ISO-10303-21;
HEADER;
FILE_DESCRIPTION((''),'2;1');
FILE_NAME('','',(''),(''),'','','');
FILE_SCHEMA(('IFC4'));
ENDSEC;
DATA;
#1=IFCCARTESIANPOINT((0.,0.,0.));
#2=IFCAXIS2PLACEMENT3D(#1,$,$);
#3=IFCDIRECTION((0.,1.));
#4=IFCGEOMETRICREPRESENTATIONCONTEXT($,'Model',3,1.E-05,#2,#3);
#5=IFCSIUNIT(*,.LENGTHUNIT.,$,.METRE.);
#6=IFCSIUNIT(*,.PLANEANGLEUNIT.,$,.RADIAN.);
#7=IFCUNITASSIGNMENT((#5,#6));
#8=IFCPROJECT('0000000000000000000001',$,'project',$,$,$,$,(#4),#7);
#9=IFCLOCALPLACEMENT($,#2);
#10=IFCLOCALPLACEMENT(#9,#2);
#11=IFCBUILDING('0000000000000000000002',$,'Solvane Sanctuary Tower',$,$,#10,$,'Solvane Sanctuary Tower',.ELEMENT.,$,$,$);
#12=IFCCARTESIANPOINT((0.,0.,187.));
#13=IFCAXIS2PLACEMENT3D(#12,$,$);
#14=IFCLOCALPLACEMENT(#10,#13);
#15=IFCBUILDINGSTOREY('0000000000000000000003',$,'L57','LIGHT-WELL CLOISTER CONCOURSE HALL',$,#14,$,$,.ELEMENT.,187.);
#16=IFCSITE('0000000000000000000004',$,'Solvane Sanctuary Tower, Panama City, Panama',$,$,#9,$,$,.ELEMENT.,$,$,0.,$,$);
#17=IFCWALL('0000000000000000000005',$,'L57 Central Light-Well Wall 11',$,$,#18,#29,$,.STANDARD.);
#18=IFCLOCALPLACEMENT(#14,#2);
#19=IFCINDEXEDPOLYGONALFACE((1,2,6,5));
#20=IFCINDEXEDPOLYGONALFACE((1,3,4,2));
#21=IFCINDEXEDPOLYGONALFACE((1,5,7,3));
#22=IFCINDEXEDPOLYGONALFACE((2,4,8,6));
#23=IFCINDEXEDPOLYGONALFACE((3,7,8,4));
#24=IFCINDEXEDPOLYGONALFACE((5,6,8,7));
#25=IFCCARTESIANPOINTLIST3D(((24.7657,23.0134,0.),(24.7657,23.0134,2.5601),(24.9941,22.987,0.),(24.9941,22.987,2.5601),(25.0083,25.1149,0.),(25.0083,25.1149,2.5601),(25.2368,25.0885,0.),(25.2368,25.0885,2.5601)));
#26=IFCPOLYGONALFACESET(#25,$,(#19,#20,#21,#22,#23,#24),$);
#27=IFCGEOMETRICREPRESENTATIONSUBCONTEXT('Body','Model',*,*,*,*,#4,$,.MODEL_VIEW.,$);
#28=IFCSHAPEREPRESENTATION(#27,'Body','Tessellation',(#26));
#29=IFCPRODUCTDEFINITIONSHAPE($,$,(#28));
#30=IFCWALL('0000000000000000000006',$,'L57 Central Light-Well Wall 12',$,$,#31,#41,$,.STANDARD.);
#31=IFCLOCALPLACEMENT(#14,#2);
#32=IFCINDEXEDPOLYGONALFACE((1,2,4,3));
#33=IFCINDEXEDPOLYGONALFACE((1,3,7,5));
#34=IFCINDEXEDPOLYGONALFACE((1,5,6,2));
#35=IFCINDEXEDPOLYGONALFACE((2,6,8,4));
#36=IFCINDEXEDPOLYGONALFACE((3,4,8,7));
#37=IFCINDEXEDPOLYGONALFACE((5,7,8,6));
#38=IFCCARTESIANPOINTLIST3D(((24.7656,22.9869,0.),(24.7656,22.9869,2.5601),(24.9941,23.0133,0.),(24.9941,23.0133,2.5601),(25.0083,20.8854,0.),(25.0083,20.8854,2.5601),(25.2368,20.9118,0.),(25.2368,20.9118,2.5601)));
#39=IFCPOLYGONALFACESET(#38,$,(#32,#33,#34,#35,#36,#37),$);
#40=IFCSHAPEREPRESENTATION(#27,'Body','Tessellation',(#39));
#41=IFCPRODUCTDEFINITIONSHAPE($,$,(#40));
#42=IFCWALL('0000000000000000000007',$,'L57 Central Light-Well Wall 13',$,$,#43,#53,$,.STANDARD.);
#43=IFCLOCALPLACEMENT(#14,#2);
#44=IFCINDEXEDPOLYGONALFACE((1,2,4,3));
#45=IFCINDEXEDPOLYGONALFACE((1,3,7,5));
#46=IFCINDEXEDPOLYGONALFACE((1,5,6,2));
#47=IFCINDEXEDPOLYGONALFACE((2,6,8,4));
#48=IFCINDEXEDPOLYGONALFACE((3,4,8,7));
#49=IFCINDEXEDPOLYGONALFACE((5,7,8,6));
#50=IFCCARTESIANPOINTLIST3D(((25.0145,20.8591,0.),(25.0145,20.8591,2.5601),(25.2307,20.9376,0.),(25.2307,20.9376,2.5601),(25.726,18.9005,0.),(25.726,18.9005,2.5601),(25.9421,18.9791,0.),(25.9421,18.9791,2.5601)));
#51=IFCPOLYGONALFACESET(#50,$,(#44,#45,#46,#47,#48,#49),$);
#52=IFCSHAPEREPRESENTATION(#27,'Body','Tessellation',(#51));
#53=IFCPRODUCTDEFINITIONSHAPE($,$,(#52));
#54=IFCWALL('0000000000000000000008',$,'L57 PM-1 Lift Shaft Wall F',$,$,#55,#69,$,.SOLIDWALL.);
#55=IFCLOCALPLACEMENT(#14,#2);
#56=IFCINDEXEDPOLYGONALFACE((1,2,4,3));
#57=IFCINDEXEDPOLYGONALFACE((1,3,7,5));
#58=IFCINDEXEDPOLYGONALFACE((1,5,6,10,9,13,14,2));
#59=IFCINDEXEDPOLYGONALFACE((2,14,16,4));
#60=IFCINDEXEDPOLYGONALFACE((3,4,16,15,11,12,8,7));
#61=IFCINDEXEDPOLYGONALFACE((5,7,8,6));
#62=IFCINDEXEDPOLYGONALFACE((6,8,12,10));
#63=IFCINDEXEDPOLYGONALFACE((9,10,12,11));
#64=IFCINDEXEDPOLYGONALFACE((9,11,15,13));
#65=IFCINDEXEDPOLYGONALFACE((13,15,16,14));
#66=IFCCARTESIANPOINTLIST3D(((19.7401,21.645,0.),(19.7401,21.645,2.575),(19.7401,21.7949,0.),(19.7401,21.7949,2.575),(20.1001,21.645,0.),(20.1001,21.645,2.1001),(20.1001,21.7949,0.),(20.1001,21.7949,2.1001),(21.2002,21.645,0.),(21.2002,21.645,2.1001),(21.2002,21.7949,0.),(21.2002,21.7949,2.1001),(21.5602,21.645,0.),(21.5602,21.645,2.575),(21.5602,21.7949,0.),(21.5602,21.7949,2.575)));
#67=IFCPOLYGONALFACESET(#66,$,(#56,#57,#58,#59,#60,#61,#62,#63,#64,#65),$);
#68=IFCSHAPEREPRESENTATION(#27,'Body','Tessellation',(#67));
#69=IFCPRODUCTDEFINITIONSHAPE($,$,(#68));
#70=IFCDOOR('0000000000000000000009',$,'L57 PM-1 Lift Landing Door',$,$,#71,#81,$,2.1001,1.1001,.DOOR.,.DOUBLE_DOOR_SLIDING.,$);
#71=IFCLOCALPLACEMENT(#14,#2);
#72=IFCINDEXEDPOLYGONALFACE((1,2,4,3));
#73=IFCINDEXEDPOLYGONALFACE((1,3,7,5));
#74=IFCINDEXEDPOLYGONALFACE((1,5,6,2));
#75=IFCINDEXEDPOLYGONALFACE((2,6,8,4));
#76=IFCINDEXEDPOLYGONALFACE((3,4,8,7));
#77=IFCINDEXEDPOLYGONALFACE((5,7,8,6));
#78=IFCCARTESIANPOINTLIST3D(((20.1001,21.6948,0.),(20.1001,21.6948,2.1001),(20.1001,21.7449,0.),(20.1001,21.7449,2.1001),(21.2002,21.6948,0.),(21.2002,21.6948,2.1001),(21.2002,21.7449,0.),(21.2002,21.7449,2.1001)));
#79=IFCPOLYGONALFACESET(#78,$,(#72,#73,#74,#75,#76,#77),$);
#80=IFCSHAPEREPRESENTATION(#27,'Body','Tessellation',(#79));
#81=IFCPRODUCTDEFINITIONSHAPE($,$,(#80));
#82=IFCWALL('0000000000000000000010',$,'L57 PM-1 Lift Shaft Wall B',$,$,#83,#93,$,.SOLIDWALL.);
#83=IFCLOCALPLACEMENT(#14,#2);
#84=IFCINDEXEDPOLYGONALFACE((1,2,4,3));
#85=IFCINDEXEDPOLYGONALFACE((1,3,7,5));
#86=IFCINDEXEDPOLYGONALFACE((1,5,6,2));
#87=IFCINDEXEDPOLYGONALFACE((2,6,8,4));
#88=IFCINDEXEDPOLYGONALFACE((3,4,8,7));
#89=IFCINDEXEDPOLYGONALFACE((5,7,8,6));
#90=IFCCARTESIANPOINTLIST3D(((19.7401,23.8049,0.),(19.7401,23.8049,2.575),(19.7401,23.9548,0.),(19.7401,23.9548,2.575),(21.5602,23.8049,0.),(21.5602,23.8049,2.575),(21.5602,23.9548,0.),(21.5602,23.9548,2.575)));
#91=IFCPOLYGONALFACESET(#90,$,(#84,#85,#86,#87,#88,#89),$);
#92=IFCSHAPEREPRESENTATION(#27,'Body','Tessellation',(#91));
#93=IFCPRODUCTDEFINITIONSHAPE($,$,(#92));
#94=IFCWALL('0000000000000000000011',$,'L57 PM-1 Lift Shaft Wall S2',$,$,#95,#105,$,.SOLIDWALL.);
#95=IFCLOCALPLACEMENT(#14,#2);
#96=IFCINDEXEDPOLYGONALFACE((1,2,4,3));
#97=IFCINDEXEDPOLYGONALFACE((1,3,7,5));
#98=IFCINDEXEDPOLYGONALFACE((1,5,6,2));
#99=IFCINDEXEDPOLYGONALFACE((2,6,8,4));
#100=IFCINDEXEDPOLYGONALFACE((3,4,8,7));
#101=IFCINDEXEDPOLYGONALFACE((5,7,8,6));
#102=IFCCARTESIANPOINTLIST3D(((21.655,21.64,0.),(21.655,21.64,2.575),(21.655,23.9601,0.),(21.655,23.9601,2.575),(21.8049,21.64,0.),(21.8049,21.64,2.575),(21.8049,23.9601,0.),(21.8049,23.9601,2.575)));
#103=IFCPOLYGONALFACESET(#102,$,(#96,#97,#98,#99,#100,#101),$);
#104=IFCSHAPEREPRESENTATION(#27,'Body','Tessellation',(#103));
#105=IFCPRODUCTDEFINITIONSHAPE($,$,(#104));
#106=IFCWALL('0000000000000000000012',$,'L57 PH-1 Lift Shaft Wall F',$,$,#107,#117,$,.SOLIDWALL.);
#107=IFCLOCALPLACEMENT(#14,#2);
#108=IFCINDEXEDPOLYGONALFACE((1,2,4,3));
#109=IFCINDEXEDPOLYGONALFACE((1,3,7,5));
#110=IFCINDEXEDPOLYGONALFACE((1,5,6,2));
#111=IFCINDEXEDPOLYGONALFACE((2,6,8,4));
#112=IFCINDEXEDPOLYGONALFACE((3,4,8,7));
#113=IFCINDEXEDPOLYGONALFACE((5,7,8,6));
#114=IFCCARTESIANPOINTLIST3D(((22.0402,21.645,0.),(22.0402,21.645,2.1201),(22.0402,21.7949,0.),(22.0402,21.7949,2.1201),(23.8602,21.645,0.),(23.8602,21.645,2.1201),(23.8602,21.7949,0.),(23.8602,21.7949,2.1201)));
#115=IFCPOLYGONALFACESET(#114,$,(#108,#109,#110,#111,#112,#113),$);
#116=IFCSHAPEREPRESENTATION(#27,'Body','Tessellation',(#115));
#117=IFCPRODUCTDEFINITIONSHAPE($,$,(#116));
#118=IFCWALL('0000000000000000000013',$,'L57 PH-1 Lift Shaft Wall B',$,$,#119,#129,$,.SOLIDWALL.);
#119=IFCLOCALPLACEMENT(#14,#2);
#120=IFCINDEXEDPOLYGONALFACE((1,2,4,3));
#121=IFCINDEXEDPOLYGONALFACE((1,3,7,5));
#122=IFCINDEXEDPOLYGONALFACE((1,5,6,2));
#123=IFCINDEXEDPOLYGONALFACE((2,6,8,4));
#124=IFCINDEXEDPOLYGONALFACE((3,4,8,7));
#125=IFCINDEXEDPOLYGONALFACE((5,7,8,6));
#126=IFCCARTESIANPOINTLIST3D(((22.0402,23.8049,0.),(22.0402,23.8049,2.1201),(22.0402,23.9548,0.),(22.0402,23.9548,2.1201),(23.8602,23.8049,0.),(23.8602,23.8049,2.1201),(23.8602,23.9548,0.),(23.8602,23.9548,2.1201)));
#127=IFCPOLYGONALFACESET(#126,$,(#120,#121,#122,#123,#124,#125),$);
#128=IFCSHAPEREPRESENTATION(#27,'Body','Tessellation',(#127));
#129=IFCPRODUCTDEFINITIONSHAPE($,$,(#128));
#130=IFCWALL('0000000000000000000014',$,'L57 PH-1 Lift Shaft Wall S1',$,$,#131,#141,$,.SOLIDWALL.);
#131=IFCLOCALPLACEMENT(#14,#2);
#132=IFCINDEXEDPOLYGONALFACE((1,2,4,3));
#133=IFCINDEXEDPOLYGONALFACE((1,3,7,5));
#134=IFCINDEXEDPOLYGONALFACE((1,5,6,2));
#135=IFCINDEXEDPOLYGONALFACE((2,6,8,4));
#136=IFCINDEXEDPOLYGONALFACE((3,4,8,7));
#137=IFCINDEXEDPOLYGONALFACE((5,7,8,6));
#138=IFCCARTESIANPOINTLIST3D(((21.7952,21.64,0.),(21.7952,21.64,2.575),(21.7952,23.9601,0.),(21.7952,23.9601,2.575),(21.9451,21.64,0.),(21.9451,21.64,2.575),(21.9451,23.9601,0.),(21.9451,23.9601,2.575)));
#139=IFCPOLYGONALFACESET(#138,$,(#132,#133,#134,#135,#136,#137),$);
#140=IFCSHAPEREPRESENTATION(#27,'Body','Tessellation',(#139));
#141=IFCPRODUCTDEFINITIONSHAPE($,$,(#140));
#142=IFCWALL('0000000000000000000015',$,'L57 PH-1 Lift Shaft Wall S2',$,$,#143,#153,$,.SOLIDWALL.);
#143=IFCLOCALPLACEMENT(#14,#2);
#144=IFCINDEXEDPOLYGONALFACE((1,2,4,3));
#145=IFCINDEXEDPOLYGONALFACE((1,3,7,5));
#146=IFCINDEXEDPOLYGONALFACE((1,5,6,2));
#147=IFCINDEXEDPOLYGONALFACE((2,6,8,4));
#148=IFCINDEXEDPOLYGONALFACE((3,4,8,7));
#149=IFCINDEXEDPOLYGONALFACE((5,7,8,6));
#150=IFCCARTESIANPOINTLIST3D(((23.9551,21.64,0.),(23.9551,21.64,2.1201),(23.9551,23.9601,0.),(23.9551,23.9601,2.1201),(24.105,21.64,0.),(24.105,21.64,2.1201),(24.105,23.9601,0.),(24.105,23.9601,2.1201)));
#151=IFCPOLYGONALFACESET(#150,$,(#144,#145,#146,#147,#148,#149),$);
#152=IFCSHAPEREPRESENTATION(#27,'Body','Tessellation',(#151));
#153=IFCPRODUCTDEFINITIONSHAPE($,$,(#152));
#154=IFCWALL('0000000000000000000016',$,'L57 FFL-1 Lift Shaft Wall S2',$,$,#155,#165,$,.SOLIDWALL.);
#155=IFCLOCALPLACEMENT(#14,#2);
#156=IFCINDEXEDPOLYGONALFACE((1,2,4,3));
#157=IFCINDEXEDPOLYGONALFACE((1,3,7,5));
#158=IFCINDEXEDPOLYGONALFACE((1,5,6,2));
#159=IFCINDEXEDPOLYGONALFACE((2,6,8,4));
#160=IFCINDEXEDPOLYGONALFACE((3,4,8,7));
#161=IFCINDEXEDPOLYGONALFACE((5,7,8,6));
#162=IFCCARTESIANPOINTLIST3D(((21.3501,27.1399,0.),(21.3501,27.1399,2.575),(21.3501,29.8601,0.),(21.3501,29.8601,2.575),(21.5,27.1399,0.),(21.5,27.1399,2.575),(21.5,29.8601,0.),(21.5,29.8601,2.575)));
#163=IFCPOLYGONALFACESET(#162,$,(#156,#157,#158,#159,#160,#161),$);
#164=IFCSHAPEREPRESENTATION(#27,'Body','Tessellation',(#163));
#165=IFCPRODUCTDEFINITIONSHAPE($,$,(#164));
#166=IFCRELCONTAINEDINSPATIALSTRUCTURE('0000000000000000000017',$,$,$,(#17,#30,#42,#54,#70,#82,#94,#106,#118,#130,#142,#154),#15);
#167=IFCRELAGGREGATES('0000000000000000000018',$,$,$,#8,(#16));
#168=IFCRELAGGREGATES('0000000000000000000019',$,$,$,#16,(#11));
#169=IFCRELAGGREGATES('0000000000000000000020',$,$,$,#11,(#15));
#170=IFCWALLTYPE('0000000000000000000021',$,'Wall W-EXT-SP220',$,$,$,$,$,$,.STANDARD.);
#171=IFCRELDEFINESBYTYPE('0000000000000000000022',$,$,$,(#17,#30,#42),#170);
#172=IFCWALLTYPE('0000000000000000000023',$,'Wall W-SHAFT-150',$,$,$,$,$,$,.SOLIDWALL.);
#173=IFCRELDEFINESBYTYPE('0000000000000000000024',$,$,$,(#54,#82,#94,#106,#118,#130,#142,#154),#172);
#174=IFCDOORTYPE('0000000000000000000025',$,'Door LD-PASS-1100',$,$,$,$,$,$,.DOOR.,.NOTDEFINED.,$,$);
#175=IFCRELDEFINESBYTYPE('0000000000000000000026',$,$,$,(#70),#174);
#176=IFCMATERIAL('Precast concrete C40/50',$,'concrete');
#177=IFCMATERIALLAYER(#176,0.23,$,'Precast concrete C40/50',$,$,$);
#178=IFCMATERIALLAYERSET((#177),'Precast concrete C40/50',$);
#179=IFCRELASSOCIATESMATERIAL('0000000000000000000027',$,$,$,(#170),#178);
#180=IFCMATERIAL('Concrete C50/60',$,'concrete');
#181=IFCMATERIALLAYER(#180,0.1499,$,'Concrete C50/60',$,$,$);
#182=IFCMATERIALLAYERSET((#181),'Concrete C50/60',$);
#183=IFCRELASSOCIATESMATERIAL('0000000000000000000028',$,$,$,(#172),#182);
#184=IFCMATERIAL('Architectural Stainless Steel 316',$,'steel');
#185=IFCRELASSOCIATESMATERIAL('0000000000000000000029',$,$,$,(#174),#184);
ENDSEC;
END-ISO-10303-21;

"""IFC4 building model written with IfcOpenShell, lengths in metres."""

from ifc_helpers import new_model, si_unit, direction, frame, frame_2d, origin, place, context, subcontext, project, spatial, rectangle, extrude, material, layer, layer_set, type_object, element, fill, save


model = new_model("IFC4")

# Units and contexts
model_context = context("Model", 3, precision=1e-05, world=origin(), true_north=direction((0.0, 1.0)))
body_context = subcontext(model_context, "Body", "Model", "MODEL_VIEW")
ifc_project = project(units=[si_unit("LENGTHUNIT", "METRE"), si_unit("PLANEANGLEUNIT", "RADIAN")], contexts=[model_context])

# Site, building, storey
site_placement = place(None, origin())
site = spatial("IfcSite", under=ifc_project, at=site_placement, Name="Solvane Sanctuary Tower, Panama City, Panama", CompositionType="ELEMENT", RefElevation=0.0)
building_placement = place(site_placement, origin())
building = spatial("IfcBuilding", under=site, at=building_placement, Name="Solvane Sanctuary Tower", LongName="Solvane Sanctuary Tower", CompositionType="ELEMENT")
storey_placement = place(building_placement, frame((0.0, 0.0, 187.0)))
storey = spatial("IfcBuildingStorey", under=building, at=storey_placement, Name="L57", Description="LIGHT-WELL CLOISTER CONCOURSE HALL", CompositionType="ELEMENT", Elevation=187.0)

# Shared definitions
ifc_material_1 = material(Name="Concrete C50/60", Category="concrete")

# Shared definitions
ifc_material_2 = material(Name="Architectural Stainless Steel 316", Category="steel")

# Walls
ifc_material_3 = material(Name="Precast concrete C40/50", Category="concrete")
ifc_layer_1 = layer(ifc_material_3, 0.23, Name="Precast concrete C40/50")
ifc_layer_set_1 = layer_set([ifc_layer_1], Name="Precast concrete C40/50")
wall_type_1 = type_object("IfcWallType", Name="Wall W-EXT-SP220", PredefinedType="STANDARD", material=ifc_layer_set_1)
for number, where, z_axis, x_axis, name in (
    (1, (25.1226, 25.1016, 0.0), (0.0, 0.0, 1.0), (-0.114712, -0.993399, 0.0), "L57 Central Light-Well Wall 11"),
    (2, (24.8799, 23.0, 0.0), (0.0, 0.0, 1.0), (0.114712, -0.993399, 0.0), "L57 Central Light-Well Wall 12"),
):
    element("IfcWall", number, at=place(storey_placement, frame(where, z_axis=z_axis, x_axis=x_axis)), inside=storey, type_object=wall_type_1, Name=name, PredefinedType="STANDARD", context=body_context, shape_type="SweptSolid", body=[
        extrude(rectangle(XDim=2.1155, YDim=0.23, at=frame_2d((1.0576, 0.0))), origin(), (0.0, 0.0, 1.0), 2.5601),
    ])
wall_1_placement = place(storey_placement, frame((25.1226, 20.8984, 0.0), z_axis=(0.0, 0.0, 1.0), x_axis=(0.341423, -0.93991, 0.0)))
element("IfcWall", 3, at=wall_1_placement, inside=storey, type_object=wall_type_1, Name="L57 Central Light-Well Wall 13", PredefinedType="STANDARD", context=body_context, shape_type="SweptSolid", body=[
    extrude(rectangle(XDim=2.0837, YDim=0.23, at=frame_2d((1.042, 0.0))), origin(), (0.0, 0.0, 1.0), 2.5601),
])

# Wall, opening, door
ifc_layer_2 = layer(ifc_material_1, 0.1499, Name="Concrete C50/60")
ifc_layer_set_2 = layer_set([ifc_layer_2], Name="Concrete C50/60")
wall_type_2 = type_object("IfcWallType", Name="Wall W-SHAFT-150", PredefinedType="SOLIDWALL", material=ifc_layer_set_2)
wall_2_placement = place(storey_placement, frame((19.74, 21.72, 0.0), z_axis=(0.0, 0.0, 1.0), x_axis=(1.0, 0.0, 0.0)))
wall_2 = element("IfcWall", 4, at=wall_2_placement, inside=storey, type_object=wall_type_2, Name="L57 PM-1 Lift Shaft Wall F", PredefinedType="SOLIDWALL", context=body_context, shape_type="SweptSolid", body=[
    extrude(rectangle(XDim=1.8201, YDim=0.1499, at=frame_2d((0.9102, 0.0))), origin(), (0.0, 0.0, 1.0), 2.575),
])
opening_1_placement = place(wall_2_placement, frame((0.3601, 0.0, 0.0)))
opening_1 = element("IfcOpeningElement", 5, at=opening_1_placement, cuts=wall_2, PredefinedType="OPENING", context=body_context, shape_type="SweptSolid", body=[
    extrude(rectangle(XDim=1.1001, YDim=2.1001, at=frame_2d((0.55, 1.05))), frame((0.0, 0.085, 0.0), z_axis=(0.0, -1.0, 0.0), x_axis=(1.0, 0.0, 0.0)), (0.0, 0.0, 1.0), 0.1699),
])
door_type_1 = type_object("IfcDoorType", Name="Door LD-PASS-1100", OperationType="NOTDEFINED", PredefinedType="DOOR", material=ifc_material_2)
door_1_placement = place(opening_1_placement, origin())
door_1 = element("IfcDoor", 6, at=door_1_placement, inside=storey, type_object=door_type_1, Name="L57 PM-1 Lift Landing Door", OperationType="DOUBLE_DOOR_SLIDING", OverallHeight=2.1001, OverallWidth=1.1001, PredefinedType="DOOR", context=body_context, shape_type="SweptSolid", body=[
    extrude(rectangle(XDim=1.1001, YDim=2.1001, at=frame_2d((0.55, 1.05))), frame((0.0, 0.0249, 0.0), z_axis=(0.0, -1.0, 0.0), x_axis=(1.0, 0.0, 0.0)), (0.0, 0.0, 1.0), 0.05),
])
fill(opening_1, door_1)

# Walls
wall_3_placement = place(storey_placement, frame((19.74, 23.8799, 0.0), z_axis=(0.0, 0.0, 1.0), x_axis=(1.0, 0.0, 0.0)))
element("IfcWall", 7, at=wall_3_placement, inside=storey, type_object=wall_type_2, Name="L57 PM-1 Lift Shaft Wall B", PredefinedType="SOLIDWALL", context=body_context, shape_type="SweptSolid", body=[
    extrude(rectangle(XDim=1.8201, YDim=0.1499, at=frame_2d((0.9102, 0.0))), origin(), (0.0, 0.0, 1.0), 2.575),
])
wall_4_placement = place(storey_placement, frame((21.73, 21.6399, 0.0), z_axis=(0.0, 0.0, 1.0), x_axis=(0.0, 1.0, 0.0)))
element("IfcWall", 8, at=wall_4_placement, inside=storey, type_object=wall_type_2, Name="L57 PM-1 Lift Shaft Wall S2", PredefinedType="SOLIDWALL", context=body_context, shape_type="SweptSolid", body=[
    extrude(rectangle(XDim=2.3201, YDim=0.1499, at=frame_2d((1.1602, 0.0))), origin(), (0.0, 0.0, 1.0), 2.575),
])
for number, where, z_axis, x_axis, name in (
    (9, (22.04, 21.72, 0.0), (0.0, 0.0, 1.0), (1.0, 0.0, 0.0), "L57 PH-1 Lift Shaft Wall F"),
    (10, (22.04, 23.8799, 0.0), (0.0, 0.0, 1.0), (1.0, 0.0, 0.0), "L57 PH-1 Lift Shaft Wall B"),
):
    element("IfcWall", number, at=place(storey_placement, frame(where, z_axis=z_axis, x_axis=x_axis)), inside=storey, type_object=wall_type_2, Name=name, PredefinedType="SOLIDWALL", context=body_context, shape_type="SweptSolid", body=[
        extrude(rectangle(XDim=1.8201, YDim=0.1499, at=frame_2d((0.9102, 0.0))), origin(), (0.0, 0.0, 1.0), 2.1201),
    ])
wall_5_placement = place(storey_placement, frame((21.8701, 21.6399, 0.0), z_axis=(0.0, 0.0, 1.0), x_axis=(0.0, 1.0, 0.0)))
element("IfcWall", 11, at=wall_5_placement, inside=storey, type_object=wall_type_2, Name="L57 PH-1 Lift Shaft Wall S1", PredefinedType="SOLIDWALL", context=body_context, shape_type="SweptSolid", body=[
    extrude(rectangle(XDim=2.3201, YDim=0.1499, at=frame_2d((1.1602, 0.0))), origin(), (0.0, 0.0, 1.0), 2.575),
])
wall_6_placement = place(storey_placement, frame((24.03, 21.6399, 0.0), z_axis=(0.0, 0.0, 1.0), x_axis=(0.0, 1.0, 0.0)))
element("IfcWall", 12, at=wall_6_placement, inside=storey, type_object=wall_type_2, Name="L57 PH-1 Lift Shaft Wall S2", PredefinedType="SOLIDWALL", context=body_context, shape_type="SweptSolid", body=[
    extrude(rectangle(XDim=2.3201, YDim=0.1499, at=frame_2d((1.1602, 0.0))), origin(), (0.0, 0.0, 1.0), 2.1201),
])
wall_7_placement = place(storey_placement, frame((21.425, 27.1399, 0.0), z_axis=(0.0, 0.0, 1.0), x_axis=(0.0, 1.0, 0.0)))
element("IfcWall", 13, at=wall_7_placement, inside=storey, type_object=wall_type_2, Name="L57 FFL-1 Lift Shaft Wall S2", PredefinedType="SOLIDWALL", context=body_context, shape_type="SweptSolid", body=[
    extrude(rectangle(XDim=2.7202, YDim=0.1499, at=frame_2d((1.3601, 0.0))), origin(), (0.0, 0.0, 1.0), 2.575),
])

save(model, "model.ifc")
